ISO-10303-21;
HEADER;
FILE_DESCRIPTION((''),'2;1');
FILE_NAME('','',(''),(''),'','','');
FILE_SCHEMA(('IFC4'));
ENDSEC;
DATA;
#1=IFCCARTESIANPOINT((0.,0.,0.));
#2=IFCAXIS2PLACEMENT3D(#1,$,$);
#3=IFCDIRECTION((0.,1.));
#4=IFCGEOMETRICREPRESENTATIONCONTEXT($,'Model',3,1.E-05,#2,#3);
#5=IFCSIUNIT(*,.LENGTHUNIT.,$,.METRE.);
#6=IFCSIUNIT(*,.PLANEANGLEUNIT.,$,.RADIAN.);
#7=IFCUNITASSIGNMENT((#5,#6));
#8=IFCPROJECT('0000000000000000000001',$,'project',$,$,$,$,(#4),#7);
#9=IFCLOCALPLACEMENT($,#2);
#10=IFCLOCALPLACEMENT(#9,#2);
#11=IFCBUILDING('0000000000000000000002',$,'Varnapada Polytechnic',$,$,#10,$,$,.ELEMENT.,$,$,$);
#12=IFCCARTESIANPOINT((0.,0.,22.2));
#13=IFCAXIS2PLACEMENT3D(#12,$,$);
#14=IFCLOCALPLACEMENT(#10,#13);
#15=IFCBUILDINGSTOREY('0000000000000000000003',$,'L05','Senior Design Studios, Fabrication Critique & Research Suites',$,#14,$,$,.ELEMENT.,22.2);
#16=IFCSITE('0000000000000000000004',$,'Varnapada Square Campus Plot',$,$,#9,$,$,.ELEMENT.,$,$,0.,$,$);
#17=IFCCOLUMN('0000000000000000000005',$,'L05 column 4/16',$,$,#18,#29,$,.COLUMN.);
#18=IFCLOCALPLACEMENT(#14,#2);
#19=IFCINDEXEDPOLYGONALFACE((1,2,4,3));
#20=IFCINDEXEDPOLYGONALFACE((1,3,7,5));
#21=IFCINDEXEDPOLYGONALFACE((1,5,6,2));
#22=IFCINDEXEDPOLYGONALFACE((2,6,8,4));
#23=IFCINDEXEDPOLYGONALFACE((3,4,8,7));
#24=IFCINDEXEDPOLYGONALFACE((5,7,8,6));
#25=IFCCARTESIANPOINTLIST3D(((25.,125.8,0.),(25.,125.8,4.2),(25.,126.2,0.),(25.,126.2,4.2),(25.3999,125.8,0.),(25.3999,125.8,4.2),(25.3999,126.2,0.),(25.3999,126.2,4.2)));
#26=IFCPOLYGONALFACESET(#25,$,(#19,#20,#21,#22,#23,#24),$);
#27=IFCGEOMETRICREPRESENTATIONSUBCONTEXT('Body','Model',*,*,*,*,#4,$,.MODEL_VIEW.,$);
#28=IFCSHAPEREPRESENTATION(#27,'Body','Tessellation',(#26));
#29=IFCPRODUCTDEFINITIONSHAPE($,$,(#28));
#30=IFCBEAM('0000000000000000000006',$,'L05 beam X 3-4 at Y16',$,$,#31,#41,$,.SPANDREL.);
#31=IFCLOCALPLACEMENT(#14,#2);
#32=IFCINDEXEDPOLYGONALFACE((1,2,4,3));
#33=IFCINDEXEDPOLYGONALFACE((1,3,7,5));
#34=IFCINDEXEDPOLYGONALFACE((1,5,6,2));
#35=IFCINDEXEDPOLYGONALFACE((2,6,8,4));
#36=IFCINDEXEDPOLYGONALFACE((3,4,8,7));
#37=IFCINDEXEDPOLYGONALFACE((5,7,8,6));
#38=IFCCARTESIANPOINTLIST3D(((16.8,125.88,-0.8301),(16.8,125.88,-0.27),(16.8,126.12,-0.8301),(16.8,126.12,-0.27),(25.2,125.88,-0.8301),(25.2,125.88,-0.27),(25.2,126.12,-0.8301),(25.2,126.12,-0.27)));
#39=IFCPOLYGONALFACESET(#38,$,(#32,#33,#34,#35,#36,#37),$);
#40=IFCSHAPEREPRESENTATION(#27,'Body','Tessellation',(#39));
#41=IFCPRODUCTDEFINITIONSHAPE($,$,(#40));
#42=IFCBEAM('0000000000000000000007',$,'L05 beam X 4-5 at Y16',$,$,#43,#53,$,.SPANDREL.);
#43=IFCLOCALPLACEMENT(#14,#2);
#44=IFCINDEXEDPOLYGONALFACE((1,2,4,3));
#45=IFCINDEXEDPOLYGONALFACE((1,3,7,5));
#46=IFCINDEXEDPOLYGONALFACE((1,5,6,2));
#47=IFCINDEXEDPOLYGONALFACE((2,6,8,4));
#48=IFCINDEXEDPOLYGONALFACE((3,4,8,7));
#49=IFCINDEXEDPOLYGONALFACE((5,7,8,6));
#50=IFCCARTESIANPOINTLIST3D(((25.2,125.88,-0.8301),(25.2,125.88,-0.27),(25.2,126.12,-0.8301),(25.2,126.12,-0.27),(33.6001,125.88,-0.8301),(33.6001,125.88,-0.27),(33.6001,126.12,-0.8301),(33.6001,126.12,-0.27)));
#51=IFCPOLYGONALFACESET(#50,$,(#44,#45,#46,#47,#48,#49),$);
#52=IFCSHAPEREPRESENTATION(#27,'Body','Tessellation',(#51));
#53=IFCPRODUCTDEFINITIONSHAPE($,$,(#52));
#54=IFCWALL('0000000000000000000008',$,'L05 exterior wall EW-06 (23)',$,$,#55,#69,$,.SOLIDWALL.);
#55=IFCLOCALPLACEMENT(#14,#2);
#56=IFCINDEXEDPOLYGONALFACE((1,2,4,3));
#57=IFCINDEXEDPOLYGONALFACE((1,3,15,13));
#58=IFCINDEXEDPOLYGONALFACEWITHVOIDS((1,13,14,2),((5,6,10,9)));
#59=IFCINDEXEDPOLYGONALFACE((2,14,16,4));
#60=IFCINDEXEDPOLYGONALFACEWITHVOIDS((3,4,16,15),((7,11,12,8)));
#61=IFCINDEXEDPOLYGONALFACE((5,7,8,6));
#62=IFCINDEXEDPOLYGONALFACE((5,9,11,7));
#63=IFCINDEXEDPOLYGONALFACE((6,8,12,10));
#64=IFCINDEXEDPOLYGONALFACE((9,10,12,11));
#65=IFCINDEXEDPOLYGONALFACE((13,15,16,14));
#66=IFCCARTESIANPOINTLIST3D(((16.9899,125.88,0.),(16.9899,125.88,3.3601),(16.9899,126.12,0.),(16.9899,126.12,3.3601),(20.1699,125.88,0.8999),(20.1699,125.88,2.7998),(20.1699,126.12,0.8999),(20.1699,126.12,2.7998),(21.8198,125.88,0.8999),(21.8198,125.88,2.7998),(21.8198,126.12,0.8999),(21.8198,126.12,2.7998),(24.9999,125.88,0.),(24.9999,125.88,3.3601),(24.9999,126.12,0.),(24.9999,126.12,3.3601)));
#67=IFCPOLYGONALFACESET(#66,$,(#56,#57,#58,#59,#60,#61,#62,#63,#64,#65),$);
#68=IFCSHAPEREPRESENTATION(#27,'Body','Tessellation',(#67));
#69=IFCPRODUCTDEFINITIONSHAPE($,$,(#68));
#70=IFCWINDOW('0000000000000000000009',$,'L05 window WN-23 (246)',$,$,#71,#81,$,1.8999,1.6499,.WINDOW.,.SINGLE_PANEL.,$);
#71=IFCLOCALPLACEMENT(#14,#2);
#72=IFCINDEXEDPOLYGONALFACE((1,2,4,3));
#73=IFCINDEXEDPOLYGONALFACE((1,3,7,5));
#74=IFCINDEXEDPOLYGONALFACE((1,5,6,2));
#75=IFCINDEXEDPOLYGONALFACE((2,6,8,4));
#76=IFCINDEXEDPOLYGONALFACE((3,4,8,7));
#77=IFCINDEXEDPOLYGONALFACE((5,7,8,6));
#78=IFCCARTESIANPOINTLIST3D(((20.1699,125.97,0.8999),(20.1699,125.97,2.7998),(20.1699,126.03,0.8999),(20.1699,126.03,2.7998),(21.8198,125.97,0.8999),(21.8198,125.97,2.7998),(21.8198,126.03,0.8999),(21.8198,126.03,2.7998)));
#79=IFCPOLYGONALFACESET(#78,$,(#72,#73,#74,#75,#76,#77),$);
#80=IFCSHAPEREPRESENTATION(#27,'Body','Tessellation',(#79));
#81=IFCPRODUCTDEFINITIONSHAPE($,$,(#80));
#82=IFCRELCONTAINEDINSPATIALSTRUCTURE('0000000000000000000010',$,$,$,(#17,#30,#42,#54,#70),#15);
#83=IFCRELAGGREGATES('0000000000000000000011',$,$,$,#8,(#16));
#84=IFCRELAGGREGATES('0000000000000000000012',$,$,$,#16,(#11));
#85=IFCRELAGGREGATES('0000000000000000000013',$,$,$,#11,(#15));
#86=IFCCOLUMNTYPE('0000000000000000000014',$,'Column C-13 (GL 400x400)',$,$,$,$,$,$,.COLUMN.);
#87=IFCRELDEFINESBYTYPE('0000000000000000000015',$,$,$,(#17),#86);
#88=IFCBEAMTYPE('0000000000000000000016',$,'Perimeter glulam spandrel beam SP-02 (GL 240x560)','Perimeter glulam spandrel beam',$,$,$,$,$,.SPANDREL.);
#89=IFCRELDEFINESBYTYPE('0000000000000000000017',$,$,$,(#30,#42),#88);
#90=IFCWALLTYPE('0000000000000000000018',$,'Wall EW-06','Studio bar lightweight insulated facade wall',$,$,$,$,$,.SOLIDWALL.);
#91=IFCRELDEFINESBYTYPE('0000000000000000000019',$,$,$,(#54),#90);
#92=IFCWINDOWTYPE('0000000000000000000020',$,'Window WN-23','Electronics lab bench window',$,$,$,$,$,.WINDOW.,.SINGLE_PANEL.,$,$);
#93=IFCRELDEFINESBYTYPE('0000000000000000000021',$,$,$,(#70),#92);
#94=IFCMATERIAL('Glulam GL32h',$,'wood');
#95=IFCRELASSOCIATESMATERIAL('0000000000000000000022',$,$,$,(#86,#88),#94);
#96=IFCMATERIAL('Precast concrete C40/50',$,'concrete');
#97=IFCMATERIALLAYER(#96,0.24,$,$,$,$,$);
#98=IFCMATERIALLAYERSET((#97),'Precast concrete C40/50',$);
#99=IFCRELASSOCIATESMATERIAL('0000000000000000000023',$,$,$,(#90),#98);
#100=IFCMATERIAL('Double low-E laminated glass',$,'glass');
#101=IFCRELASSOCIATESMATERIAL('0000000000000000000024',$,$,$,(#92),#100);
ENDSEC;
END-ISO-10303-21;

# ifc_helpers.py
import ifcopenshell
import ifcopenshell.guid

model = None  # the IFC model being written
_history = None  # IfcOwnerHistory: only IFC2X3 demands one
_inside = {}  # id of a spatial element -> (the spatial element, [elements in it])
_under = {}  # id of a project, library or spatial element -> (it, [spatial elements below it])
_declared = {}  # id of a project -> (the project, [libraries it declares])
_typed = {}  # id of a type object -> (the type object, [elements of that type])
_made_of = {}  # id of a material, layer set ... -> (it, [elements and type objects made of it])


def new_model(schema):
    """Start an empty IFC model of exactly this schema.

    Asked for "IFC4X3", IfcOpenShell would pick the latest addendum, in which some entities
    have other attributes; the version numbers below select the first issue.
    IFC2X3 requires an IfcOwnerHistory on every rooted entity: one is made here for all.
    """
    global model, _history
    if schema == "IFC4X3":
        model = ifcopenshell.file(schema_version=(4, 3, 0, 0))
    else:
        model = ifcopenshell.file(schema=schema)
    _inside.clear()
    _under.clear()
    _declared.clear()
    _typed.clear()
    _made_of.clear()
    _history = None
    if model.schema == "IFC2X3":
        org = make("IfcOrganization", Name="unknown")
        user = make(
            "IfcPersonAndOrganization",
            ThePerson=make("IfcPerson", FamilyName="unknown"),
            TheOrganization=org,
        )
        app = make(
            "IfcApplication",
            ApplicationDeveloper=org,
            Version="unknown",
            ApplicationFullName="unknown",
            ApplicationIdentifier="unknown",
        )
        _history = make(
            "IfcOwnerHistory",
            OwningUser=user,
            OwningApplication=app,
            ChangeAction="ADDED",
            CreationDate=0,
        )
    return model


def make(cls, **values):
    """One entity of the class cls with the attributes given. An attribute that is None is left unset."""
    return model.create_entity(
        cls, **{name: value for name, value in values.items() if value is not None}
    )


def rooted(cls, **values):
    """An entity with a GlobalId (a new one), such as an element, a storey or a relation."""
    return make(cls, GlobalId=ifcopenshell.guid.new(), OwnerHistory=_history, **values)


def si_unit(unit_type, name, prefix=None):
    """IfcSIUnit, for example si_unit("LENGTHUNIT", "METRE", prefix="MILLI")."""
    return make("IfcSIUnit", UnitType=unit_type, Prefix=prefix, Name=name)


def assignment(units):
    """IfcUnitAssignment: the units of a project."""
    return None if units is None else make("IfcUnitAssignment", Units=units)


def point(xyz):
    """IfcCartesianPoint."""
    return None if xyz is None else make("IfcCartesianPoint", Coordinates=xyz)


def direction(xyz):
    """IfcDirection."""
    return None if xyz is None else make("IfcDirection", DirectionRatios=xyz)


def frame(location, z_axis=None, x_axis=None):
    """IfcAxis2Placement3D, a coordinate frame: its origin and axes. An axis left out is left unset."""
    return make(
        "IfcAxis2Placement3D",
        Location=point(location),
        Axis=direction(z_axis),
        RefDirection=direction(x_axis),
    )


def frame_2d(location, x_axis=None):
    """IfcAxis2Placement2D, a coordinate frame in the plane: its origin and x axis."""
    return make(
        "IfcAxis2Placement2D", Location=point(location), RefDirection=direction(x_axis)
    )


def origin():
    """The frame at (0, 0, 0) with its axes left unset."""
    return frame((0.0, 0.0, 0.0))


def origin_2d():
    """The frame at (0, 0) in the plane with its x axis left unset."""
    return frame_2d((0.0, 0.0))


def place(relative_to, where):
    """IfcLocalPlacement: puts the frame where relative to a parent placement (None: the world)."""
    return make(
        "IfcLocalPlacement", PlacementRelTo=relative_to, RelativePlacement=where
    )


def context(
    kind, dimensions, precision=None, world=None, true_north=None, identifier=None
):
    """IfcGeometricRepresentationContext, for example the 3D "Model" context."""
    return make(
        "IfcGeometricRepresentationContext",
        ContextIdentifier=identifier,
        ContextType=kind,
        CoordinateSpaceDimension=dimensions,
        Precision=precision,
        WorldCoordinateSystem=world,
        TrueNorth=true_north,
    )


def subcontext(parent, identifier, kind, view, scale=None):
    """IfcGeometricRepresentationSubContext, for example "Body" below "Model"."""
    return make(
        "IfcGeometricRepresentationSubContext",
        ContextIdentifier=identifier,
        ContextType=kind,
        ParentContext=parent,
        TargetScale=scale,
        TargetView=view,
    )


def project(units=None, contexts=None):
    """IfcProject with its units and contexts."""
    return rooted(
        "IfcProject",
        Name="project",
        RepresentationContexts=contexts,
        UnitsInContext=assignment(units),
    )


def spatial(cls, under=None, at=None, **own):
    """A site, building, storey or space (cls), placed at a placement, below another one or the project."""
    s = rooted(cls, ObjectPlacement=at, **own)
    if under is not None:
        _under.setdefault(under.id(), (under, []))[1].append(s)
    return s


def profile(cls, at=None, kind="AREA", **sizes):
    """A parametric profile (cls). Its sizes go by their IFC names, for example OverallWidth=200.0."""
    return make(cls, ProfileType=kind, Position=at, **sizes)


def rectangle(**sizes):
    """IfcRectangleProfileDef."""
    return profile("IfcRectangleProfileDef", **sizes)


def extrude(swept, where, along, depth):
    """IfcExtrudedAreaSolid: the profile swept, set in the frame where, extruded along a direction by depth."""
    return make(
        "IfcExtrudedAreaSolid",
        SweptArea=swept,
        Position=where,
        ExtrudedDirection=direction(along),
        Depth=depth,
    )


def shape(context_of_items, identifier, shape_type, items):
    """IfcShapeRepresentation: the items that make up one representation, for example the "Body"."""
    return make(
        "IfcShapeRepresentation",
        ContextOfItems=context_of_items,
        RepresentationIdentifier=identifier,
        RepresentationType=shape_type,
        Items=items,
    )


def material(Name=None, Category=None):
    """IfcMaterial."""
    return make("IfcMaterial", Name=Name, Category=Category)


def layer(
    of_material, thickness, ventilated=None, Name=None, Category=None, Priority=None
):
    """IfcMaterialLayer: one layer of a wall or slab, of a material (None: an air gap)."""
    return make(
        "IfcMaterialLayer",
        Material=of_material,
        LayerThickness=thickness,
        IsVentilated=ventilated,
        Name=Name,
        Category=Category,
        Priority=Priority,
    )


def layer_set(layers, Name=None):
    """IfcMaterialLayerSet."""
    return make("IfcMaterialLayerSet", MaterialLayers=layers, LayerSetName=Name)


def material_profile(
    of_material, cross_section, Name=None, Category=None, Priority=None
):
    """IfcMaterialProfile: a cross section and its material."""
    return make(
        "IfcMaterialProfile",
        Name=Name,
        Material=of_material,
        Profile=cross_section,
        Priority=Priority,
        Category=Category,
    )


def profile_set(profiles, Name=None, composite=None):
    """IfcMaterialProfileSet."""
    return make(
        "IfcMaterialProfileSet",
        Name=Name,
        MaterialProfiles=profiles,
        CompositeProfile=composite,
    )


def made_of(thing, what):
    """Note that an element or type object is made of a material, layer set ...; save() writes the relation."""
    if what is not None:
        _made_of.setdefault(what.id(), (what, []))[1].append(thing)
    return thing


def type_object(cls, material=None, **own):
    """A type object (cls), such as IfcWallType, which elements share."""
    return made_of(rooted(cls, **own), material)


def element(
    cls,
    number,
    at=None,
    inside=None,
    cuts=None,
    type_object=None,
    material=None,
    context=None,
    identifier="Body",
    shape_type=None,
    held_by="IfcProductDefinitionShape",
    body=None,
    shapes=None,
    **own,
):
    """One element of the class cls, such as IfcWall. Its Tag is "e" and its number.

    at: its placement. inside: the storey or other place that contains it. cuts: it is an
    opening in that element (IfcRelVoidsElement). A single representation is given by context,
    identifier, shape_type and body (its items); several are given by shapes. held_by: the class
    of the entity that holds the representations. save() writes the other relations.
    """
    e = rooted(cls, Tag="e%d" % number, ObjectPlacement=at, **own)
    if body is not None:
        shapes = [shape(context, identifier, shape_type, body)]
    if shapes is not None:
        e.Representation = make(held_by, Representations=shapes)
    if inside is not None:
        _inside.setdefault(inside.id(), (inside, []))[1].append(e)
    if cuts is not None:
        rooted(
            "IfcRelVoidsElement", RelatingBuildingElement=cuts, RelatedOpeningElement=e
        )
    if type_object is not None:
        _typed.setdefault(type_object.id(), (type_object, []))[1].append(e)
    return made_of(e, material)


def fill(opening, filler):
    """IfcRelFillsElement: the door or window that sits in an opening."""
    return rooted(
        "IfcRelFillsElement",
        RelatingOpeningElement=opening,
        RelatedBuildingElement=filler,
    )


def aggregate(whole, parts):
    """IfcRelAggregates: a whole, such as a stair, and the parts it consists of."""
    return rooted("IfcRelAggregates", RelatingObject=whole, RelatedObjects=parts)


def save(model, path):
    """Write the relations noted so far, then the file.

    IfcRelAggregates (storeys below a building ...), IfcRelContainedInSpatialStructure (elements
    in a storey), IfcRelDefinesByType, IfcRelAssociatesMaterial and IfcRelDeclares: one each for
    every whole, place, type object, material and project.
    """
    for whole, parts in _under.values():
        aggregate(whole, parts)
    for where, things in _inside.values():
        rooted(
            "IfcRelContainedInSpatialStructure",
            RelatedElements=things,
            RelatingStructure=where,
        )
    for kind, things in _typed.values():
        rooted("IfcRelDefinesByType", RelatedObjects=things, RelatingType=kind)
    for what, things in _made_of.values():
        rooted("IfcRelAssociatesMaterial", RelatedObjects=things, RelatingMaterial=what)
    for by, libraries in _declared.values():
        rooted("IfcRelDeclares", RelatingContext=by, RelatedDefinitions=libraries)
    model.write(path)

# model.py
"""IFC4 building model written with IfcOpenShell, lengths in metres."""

from ifc_helpers import new_model, si_unit, direction, frame, frame_2d, origin, origin_2d, place, context, subcontext, project, spatial, rectangle, extrude, material, layer, layer_set, material_profile, profile_set, type_object, element, fill, save


model = new_model("IFC4")

# Units and contexts
model_context = context("Model", 3, precision=1e-05, world=origin(), true_north=direction((0.0, 1.0)))
body_context = subcontext(model_context, "Body", "Model", "MODEL_VIEW")
ifc_project = project(units=[si_unit("LENGTHUNIT", "METRE"), si_unit("PLANEANGLEUNIT", "RADIAN")], contexts=[model_context])

# Site, building, storey
site_placement = place(None, origin())
site = spatial("IfcSite", under=ifc_project, at=site_placement, Name="Varnapada Square Campus Plot", CompositionType="ELEMENT", RefElevation=0.0)
building_placement = place(site_placement, origin())
building = spatial("IfcBuilding", under=site, at=building_placement, Name="Varnapada Polytechnic", CompositionType="ELEMENT")
storey_placement = place(building_placement, frame((0.0, 0.0, 22.2)))
storey = spatial("IfcBuildingStorey", under=building, at=storey_placement, Name="L05", Description="Senior Design Studios, Fabrication Critique & Research Suites", CompositionType="ELEMENT", Elevation=22.2)

# Column
ifc_material_1 = material(Name="Glulam GL32h", Category="wood")
ifc_material_profile_1 = material_profile(ifc_material_1, rectangle(XDim=0.3999, YDim=0.3999, at=origin_2d()), Name="GL 400x400")
ifc_profile_set_1 = profile_set([ifc_material_profile_1], Name="Glulam GL32h")
column_type = type_object("IfcColumnType", Name="Column C-13 (GL 400x400)", PredefinedType="COLUMN", material=ifc_profile_set_1)
column_placement = place(storey_placement, frame((25.2, 126.0, 0.0), z_axis=(0.0, 0.0, 1.0), x_axis=(1.0, 0.0, 0.0)))
element("IfcColumn", 1, at=column_placement, inside=storey, type_object=column_type, Name="L05 column 4/16", PredefinedType="COLUMN", context=body_context, shape_type="SweptSolid", body=[
    extrude(rectangle(XDim=0.3999, YDim=0.3999, at=origin_2d()), origin(), (0.0, 0.0, 1.0), 4.2),
])

# Beams
ifc_material_profile_2 = material_profile(ifc_material_1, rectangle(XDim=0.24, YDim=0.5601, at=origin_2d()), Name="GL 240x560")
ifc_profile_set_2 = profile_set([ifc_material_profile_2], Name="Glulam GL32h")
beam_type = type_object("IfcBeamType", Name="Perimeter glulam spandrel beam SP-02 (GL 240x560)", Description="Perimeter glulam spandrel beam", PredefinedType="SPANDREL", material=ifc_profile_set_2)
beam_1_placement = place(storey_placement, frame((16.8, 126.0, -0.55), z_axis=(1.0, 0.0, 0.0), x_axis=(0.0, 1.0, 0.0)))
element("IfcBeam", 2, at=beam_1_placement, inside=storey, type_object=beam_type, Name="L05 beam X 3-4 at Y16", PredefinedType="SPANDREL", context=body_context, shape_type="SweptSolid", body=[
    extrude(rectangle(XDim=0.24, YDim=0.5601, at=origin_2d()), origin(), (0.0, 0.0, 1.0), 8.3999),
])
beam_2_placement = place(storey_placement, frame((25.2, 126.0, -0.55), z_axis=(1.0, 0.0, 0.0), x_axis=(0.0, 1.0, 0.0)))
element("IfcBeam", 3, at=beam_2_placement, inside=storey, type_object=beam_type, Name="L05 beam X 4-5 at Y16", PredefinedType="SPANDREL", context=body_context, shape_type="SweptSolid", body=[
    extrude(rectangle(XDim=0.24, YDim=0.5601, at=origin_2d()), origin(), (0.0, 0.0, 1.0), 8.4001),
])

# Wall, opening, window
ifc_material_2 = material(Name="Precast concrete C40/50", Category="concrete")
ifc_layer_1 = layer(ifc_material_2, 0.24)
ifc_layer_set_1 = layer_set([ifc_layer_1], Name="Precast concrete C40/50")
wall_type = type_object("IfcWallType", Name="Wall EW-06", Description="Studio bar lightweight insulated facade wall", PredefinedType="SOLIDWALL", material=ifc_layer_set_1)
wall_placement = place(storey_placement, frame((16.99, 126.0, 0.0), z_axis=(0.0, 0.0, 1.0), x_axis=(1.0, 0.0, 0.0)))
wall = element("IfcWall", 4, at=wall_placement, inside=storey, type_object=wall_type, Name="L05 exterior wall EW-06 (23)", PredefinedType="SOLIDWALL", context=body_context, shape_type="SweptSolid", body=[
    extrude(rectangle(XDim=8.01, YDim=0.24, at=frame_2d((4.0049, 0.0))), origin(), (0.0, 0.0, 1.0), 3.3601),
])
opening_1_placement = place(wall_placement, frame((3.1799, 0.0, 0.8999)))
opening_1 = element("IfcOpeningElement", 5, at=opening_1_placement, cuts=wall, PredefinedType="OPENING", context=body_context, shape_type="SweptSolid", body=[
    extrude(rectangle(XDim=1.6499, YDim=1.8999, at=frame_2d((0.825, 0.95))), frame((0.0, 0.1299, 0.0), z_axis=(0.0, -1.0, 0.0), x_axis=(1.0, 0.0, 0.0)), (0.0, 0.0, 1.0), 0.26),
])
ifc_material_3 = material(Name="Double low-E laminated glass", Category="glass")
window_type = type_object("IfcWindowType", Name="Window WN-23", Description="Electronics lab bench window", PartitioningType="SINGLE_PANEL", PredefinedType="WINDOW", material=ifc_material_3)
window_placement = place(opening_1_placement, origin())
window = element("IfcWindow", 6, at=window_placement, inside=storey, type_object=window_type, Name="L05 window WN-23 (246)", OverallHeight=1.8999, OverallWidth=1.6499, PartitioningType="SINGLE_PANEL", PredefinedType="WINDOW", context=body_context, shape_type="SweptSolid", body=[
    extrude(rectangle(XDim=1.6499, YDim=1.8999, at=frame_2d((0.825, 0.95))), frame((0.0, 0.03, 0.0), z_axis=(0.0, -1.0, 0.0), x_axis=(1.0, 0.0, 0.0)), (0.0, 0.0, 1.0), 0.0601),
])
fill(opening_1, window)

save(model, "model.ifc")
